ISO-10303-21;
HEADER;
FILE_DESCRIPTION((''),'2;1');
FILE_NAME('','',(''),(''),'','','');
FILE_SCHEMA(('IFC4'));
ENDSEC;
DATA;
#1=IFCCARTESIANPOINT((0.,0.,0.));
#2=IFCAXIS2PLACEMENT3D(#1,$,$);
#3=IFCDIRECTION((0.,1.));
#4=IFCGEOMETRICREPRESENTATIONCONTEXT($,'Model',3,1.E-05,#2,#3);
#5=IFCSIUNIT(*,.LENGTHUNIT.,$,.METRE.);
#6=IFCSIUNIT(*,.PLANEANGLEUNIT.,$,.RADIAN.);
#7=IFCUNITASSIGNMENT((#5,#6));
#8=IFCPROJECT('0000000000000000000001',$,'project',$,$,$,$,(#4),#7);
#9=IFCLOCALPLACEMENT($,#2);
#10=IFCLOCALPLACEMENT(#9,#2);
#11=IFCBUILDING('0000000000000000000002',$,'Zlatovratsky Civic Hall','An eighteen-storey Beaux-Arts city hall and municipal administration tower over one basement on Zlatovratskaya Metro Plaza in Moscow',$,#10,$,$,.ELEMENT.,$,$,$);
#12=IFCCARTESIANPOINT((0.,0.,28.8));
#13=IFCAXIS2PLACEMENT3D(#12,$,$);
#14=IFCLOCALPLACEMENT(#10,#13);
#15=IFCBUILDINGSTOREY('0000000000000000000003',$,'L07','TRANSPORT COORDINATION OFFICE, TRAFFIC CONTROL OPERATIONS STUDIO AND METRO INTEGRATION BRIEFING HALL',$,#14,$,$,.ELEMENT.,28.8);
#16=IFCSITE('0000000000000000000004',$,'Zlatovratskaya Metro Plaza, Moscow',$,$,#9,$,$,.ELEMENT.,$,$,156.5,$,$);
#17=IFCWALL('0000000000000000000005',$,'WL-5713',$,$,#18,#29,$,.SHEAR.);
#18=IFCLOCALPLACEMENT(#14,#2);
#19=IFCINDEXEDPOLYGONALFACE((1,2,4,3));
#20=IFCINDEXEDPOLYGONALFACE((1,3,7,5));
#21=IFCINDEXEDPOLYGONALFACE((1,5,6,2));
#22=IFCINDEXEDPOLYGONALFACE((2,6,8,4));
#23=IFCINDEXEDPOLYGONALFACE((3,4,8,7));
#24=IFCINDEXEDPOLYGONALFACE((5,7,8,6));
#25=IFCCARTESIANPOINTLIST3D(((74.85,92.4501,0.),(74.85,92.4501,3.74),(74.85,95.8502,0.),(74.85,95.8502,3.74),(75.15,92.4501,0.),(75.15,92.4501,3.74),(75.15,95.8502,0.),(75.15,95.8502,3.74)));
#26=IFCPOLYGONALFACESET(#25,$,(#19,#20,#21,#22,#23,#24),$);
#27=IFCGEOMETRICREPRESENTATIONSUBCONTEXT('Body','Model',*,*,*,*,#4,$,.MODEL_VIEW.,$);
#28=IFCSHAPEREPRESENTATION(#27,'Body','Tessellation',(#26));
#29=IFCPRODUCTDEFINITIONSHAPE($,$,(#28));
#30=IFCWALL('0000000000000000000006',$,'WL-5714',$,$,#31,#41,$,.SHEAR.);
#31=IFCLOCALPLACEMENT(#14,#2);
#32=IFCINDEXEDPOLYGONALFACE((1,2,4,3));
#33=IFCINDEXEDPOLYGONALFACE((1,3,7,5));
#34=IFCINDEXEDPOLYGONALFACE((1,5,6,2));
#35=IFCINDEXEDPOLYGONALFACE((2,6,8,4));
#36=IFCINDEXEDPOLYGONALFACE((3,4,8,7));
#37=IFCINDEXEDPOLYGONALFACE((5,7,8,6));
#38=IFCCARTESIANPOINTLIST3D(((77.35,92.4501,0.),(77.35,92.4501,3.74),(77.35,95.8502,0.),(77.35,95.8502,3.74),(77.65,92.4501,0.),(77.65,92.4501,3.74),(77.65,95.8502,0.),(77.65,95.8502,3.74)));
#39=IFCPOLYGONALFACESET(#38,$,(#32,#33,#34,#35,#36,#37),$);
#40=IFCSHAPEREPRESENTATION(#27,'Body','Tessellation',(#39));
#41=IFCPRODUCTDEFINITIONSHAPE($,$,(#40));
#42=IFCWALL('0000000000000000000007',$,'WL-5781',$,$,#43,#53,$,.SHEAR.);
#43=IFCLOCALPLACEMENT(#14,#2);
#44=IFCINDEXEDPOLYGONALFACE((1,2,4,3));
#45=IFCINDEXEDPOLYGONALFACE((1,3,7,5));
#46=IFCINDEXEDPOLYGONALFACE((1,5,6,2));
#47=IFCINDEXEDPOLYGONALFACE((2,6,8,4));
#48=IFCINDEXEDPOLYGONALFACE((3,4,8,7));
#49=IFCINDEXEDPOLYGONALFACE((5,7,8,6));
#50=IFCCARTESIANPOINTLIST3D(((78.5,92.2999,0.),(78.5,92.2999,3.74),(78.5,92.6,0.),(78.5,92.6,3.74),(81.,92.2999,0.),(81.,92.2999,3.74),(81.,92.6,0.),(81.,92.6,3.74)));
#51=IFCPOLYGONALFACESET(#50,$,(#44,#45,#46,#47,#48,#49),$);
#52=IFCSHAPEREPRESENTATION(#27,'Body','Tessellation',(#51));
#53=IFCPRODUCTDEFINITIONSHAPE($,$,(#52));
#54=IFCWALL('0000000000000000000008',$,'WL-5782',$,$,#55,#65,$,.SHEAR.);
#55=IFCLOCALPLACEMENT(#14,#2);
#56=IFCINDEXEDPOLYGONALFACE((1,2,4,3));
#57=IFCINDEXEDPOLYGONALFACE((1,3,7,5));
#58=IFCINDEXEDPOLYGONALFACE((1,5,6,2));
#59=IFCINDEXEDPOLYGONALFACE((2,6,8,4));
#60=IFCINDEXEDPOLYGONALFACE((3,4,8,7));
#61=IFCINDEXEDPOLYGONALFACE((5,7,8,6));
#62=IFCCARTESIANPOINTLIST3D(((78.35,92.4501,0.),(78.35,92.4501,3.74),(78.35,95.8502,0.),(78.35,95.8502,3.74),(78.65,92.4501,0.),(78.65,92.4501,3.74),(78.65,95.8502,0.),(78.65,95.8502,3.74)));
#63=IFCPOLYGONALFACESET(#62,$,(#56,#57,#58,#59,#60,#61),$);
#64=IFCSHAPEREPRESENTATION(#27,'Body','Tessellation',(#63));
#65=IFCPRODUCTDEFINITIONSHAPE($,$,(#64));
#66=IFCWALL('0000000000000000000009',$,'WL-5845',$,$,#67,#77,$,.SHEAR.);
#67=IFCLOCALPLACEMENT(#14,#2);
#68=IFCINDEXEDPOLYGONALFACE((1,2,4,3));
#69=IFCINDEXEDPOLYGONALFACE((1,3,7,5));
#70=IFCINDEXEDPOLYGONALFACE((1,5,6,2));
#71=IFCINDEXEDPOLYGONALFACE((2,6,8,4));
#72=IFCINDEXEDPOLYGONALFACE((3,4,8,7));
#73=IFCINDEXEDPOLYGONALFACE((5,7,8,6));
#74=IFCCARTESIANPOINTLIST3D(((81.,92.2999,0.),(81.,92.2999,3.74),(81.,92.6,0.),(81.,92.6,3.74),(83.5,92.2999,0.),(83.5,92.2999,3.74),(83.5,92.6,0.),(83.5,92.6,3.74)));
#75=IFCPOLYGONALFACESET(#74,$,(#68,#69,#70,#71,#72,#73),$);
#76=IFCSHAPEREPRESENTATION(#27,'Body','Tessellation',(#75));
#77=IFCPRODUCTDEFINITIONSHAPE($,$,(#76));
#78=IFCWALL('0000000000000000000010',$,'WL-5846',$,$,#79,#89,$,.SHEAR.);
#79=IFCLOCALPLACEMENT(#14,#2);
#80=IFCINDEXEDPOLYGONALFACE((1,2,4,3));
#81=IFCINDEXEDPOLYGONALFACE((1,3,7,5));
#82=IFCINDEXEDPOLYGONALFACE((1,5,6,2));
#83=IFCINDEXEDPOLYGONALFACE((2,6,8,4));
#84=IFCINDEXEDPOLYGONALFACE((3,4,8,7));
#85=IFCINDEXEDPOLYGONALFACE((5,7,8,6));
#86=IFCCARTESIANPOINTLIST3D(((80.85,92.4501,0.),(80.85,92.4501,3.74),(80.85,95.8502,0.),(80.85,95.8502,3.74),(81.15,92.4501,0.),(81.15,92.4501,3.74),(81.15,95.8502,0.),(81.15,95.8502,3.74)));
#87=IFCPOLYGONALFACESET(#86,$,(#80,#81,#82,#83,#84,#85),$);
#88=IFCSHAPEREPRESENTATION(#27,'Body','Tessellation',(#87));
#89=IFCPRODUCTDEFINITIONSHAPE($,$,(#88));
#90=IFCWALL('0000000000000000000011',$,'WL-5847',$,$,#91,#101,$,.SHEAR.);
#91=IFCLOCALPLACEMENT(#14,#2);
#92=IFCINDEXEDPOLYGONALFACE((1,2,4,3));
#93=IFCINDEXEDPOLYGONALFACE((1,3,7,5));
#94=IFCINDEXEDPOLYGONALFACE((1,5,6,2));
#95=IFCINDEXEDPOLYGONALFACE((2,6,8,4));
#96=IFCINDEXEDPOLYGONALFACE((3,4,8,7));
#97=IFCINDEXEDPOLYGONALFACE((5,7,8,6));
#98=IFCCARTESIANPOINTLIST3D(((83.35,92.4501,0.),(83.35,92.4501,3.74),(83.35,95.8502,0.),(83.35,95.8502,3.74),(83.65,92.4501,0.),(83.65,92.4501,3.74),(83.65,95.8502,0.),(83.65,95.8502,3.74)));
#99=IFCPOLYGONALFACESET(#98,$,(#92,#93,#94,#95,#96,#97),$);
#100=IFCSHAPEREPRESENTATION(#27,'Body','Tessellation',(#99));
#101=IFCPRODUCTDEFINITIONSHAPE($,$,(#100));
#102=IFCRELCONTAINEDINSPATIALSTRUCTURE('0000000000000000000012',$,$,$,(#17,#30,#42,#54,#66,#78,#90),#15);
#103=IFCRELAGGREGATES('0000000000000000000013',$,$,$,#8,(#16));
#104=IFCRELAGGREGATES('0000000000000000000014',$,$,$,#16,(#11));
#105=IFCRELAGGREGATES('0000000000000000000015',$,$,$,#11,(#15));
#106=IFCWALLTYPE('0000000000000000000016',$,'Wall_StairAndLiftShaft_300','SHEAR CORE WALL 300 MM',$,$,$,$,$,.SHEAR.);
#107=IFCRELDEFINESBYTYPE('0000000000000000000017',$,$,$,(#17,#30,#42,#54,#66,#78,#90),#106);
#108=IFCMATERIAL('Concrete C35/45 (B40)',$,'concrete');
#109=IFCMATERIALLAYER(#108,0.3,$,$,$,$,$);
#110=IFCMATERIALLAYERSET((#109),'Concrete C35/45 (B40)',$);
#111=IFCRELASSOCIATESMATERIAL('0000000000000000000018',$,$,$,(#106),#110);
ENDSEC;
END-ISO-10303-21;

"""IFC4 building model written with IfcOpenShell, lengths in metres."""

from ifc_helpers import new_model, si_unit, direction, frame, frame_2d, origin, place, context, subcontext, project, spatial, rectangle, extrude, material, layer, layer_set, type_object, element, save


model = new_model("IFC4")

# Units and contexts
model_context = context("Model", 3, precision=1e-05, world=origin(), true_north=direction((0.0, 1.0)))
body_context = subcontext(model_context, "Body", "Model", "MODEL_VIEW")
ifc_project = project(units=[si_unit("LENGTHUNIT", "METRE"), si_unit("PLANEANGLEUNIT", "RADIAN")], contexts=[model_context])

# Site, building, storey
site_placement = place(None, origin())
site = spatial("IfcSite", under=ifc_project, at=site_placement, Name="Zlatovratskaya Metro Plaza, Moscow", CompositionType="ELEMENT", RefElevation=156.5)
building_placement = place(site_placement, origin())
building = spatial("IfcBuilding", under=site, at=building_placement, Name="Zlatovratsky Civic Hall", Description="An eighteen-storey Beaux-Arts city hall and municipal administration tower over one basement on Zlatovratskaya Metro Plaza in Moscow", CompositionType="ELEMENT")
storey_placement = place(building_placement, frame((0.0, 0.0, 28.8)))
storey = spatial("IfcBuildingStorey", under=building, at=storey_placement, Name="L07", Description="TRANSPORT COORDINATION OFFICE, TRAFFIC CONTROL OPERATIONS STUDIO AND METRO INTEGRATION BRIEFING HALL", CompositionType="ELEMENT", Elevation=28.8)

# Shared definitions
ifc_material_1 = material(Name="Concrete C35/45 (B40)", Category="concrete")

# Shared definitions
ifc_layer_1 = layer(ifc_material_1, 0.3)
ifc_layer_set_1 = layer_set([ifc_layer_1], Name="Concrete C35/45 (B40)")
wall_type_1 = type_object("IfcWallType", Name="Wall_StairAndLiftShaft_300", Description="SHEAR CORE WALL 300 MM", PredefinedType="SHEAR", material=ifc_layer_set_1)

# Walls
for number, where, z_axis, x_axis, name in (
    (1, (75.0, 92.45, 0.0), (0.0, 0.0, 1.0), (0.0, 1.0, 0.0), "WL-5713"),
    (2, (77.5, 92.45, 0.0), (0.0, 0.0, 1.0), (0.0, 1.0, 0.0), "WL-5714"),
):
    element("IfcWall", number, at=place(storey_placement, frame(where, z_axis=z_axis, x_axis=x_axis)), inside=storey, type_object=wall_type_1, Name=name, PredefinedType="SHEAR", context=body_context, shape_type="SweptSolid", body=[
        extrude(rectangle(XDim=3.4001, YDim=0.3, at=frame_2d((1.7002, 0.0))), origin(), (0.0, 0.0, 1.0), 3.74),
    ])

# Walls
wall_1_placement = place(storey_placement, frame((78.5, 92.45, 0.0), z_axis=(0.0, 0.0, 1.0), x_axis=(1.0, 0.0, 0.0)))
element("IfcWall", 3, at=wall_1_placement, inside=storey, type_object=wall_type_1, Name="WL-5781", PredefinedType="SHEAR", context=body_context, shape_type="SweptSolid", body=[
    extrude(rectangle(XDim=2.5, YDim=0.3, at=frame_2d((1.25, 0.0))), origin(), (0.0, 0.0, 1.0), 3.74),
])
wall_2_placement = place(storey_placement, frame((78.5, 92.45, 0.0), z_axis=(0.0, 0.0, 1.0), x_axis=(0.0, 1.0, 0.0)))
element("IfcWall", 4, at=wall_2_placement, inside=storey, type_object=wall_type_1, Name="WL-5782", PredefinedType="SHEAR", context=body_context, shape_type="SweptSolid", body=[
    extrude(rectangle(XDim=3.4001, YDim=0.3, at=frame_2d((1.7002, 0.0))), origin(), (0.0, 0.0, 1.0), 3.74),
])

# Walls
wall_3_placement = place(storey_placement, frame((81.0, 92.45, 0.0), z_axis=(0.0, 0.0, 1.0), x_axis=(1.0, 0.0, 0.0)))
element("IfcWall", 5, at=wall_3_placement, inside=storey, type_object=wall_type_1, Name="WL-5845", PredefinedType="SHEAR", context=body_context, shape_type="SweptSolid", body=[
    extrude(rectangle(XDim=2.5, YDim=0.3, at=frame_2d((1.25, 0.0))), origin(), (0.0, 0.0, 1.0), 3.74),
])
for number, where, z_axis, x_axis, name in (
    (6, (81.0, 92.45, 0.0), (0.0, 0.0, 1.0), (0.0, 1.0, 0.0), "WL-5846"),
    (7, (83.5, 92.45, 0.0), (0.0, 0.0, 1.0), (0.0, 1.0, 0.0), "WL-5847"),
):
    element("IfcWall", number, at=place(storey_placement, frame(where, z_axis=z_axis, x_axis=x_axis)), inside=storey, type_object=wall_type_1, Name=name, PredefinedType="SHEAR", context=body_context, shape_type="SweptSolid", body=[
        extrude(rectangle(XDim=3.4001, YDim=0.3, at=frame_2d((1.7002, 0.0))), origin(), (0.0, 0.0, 1.0), 3.74),
    ])

save(model, "model.ifc")
